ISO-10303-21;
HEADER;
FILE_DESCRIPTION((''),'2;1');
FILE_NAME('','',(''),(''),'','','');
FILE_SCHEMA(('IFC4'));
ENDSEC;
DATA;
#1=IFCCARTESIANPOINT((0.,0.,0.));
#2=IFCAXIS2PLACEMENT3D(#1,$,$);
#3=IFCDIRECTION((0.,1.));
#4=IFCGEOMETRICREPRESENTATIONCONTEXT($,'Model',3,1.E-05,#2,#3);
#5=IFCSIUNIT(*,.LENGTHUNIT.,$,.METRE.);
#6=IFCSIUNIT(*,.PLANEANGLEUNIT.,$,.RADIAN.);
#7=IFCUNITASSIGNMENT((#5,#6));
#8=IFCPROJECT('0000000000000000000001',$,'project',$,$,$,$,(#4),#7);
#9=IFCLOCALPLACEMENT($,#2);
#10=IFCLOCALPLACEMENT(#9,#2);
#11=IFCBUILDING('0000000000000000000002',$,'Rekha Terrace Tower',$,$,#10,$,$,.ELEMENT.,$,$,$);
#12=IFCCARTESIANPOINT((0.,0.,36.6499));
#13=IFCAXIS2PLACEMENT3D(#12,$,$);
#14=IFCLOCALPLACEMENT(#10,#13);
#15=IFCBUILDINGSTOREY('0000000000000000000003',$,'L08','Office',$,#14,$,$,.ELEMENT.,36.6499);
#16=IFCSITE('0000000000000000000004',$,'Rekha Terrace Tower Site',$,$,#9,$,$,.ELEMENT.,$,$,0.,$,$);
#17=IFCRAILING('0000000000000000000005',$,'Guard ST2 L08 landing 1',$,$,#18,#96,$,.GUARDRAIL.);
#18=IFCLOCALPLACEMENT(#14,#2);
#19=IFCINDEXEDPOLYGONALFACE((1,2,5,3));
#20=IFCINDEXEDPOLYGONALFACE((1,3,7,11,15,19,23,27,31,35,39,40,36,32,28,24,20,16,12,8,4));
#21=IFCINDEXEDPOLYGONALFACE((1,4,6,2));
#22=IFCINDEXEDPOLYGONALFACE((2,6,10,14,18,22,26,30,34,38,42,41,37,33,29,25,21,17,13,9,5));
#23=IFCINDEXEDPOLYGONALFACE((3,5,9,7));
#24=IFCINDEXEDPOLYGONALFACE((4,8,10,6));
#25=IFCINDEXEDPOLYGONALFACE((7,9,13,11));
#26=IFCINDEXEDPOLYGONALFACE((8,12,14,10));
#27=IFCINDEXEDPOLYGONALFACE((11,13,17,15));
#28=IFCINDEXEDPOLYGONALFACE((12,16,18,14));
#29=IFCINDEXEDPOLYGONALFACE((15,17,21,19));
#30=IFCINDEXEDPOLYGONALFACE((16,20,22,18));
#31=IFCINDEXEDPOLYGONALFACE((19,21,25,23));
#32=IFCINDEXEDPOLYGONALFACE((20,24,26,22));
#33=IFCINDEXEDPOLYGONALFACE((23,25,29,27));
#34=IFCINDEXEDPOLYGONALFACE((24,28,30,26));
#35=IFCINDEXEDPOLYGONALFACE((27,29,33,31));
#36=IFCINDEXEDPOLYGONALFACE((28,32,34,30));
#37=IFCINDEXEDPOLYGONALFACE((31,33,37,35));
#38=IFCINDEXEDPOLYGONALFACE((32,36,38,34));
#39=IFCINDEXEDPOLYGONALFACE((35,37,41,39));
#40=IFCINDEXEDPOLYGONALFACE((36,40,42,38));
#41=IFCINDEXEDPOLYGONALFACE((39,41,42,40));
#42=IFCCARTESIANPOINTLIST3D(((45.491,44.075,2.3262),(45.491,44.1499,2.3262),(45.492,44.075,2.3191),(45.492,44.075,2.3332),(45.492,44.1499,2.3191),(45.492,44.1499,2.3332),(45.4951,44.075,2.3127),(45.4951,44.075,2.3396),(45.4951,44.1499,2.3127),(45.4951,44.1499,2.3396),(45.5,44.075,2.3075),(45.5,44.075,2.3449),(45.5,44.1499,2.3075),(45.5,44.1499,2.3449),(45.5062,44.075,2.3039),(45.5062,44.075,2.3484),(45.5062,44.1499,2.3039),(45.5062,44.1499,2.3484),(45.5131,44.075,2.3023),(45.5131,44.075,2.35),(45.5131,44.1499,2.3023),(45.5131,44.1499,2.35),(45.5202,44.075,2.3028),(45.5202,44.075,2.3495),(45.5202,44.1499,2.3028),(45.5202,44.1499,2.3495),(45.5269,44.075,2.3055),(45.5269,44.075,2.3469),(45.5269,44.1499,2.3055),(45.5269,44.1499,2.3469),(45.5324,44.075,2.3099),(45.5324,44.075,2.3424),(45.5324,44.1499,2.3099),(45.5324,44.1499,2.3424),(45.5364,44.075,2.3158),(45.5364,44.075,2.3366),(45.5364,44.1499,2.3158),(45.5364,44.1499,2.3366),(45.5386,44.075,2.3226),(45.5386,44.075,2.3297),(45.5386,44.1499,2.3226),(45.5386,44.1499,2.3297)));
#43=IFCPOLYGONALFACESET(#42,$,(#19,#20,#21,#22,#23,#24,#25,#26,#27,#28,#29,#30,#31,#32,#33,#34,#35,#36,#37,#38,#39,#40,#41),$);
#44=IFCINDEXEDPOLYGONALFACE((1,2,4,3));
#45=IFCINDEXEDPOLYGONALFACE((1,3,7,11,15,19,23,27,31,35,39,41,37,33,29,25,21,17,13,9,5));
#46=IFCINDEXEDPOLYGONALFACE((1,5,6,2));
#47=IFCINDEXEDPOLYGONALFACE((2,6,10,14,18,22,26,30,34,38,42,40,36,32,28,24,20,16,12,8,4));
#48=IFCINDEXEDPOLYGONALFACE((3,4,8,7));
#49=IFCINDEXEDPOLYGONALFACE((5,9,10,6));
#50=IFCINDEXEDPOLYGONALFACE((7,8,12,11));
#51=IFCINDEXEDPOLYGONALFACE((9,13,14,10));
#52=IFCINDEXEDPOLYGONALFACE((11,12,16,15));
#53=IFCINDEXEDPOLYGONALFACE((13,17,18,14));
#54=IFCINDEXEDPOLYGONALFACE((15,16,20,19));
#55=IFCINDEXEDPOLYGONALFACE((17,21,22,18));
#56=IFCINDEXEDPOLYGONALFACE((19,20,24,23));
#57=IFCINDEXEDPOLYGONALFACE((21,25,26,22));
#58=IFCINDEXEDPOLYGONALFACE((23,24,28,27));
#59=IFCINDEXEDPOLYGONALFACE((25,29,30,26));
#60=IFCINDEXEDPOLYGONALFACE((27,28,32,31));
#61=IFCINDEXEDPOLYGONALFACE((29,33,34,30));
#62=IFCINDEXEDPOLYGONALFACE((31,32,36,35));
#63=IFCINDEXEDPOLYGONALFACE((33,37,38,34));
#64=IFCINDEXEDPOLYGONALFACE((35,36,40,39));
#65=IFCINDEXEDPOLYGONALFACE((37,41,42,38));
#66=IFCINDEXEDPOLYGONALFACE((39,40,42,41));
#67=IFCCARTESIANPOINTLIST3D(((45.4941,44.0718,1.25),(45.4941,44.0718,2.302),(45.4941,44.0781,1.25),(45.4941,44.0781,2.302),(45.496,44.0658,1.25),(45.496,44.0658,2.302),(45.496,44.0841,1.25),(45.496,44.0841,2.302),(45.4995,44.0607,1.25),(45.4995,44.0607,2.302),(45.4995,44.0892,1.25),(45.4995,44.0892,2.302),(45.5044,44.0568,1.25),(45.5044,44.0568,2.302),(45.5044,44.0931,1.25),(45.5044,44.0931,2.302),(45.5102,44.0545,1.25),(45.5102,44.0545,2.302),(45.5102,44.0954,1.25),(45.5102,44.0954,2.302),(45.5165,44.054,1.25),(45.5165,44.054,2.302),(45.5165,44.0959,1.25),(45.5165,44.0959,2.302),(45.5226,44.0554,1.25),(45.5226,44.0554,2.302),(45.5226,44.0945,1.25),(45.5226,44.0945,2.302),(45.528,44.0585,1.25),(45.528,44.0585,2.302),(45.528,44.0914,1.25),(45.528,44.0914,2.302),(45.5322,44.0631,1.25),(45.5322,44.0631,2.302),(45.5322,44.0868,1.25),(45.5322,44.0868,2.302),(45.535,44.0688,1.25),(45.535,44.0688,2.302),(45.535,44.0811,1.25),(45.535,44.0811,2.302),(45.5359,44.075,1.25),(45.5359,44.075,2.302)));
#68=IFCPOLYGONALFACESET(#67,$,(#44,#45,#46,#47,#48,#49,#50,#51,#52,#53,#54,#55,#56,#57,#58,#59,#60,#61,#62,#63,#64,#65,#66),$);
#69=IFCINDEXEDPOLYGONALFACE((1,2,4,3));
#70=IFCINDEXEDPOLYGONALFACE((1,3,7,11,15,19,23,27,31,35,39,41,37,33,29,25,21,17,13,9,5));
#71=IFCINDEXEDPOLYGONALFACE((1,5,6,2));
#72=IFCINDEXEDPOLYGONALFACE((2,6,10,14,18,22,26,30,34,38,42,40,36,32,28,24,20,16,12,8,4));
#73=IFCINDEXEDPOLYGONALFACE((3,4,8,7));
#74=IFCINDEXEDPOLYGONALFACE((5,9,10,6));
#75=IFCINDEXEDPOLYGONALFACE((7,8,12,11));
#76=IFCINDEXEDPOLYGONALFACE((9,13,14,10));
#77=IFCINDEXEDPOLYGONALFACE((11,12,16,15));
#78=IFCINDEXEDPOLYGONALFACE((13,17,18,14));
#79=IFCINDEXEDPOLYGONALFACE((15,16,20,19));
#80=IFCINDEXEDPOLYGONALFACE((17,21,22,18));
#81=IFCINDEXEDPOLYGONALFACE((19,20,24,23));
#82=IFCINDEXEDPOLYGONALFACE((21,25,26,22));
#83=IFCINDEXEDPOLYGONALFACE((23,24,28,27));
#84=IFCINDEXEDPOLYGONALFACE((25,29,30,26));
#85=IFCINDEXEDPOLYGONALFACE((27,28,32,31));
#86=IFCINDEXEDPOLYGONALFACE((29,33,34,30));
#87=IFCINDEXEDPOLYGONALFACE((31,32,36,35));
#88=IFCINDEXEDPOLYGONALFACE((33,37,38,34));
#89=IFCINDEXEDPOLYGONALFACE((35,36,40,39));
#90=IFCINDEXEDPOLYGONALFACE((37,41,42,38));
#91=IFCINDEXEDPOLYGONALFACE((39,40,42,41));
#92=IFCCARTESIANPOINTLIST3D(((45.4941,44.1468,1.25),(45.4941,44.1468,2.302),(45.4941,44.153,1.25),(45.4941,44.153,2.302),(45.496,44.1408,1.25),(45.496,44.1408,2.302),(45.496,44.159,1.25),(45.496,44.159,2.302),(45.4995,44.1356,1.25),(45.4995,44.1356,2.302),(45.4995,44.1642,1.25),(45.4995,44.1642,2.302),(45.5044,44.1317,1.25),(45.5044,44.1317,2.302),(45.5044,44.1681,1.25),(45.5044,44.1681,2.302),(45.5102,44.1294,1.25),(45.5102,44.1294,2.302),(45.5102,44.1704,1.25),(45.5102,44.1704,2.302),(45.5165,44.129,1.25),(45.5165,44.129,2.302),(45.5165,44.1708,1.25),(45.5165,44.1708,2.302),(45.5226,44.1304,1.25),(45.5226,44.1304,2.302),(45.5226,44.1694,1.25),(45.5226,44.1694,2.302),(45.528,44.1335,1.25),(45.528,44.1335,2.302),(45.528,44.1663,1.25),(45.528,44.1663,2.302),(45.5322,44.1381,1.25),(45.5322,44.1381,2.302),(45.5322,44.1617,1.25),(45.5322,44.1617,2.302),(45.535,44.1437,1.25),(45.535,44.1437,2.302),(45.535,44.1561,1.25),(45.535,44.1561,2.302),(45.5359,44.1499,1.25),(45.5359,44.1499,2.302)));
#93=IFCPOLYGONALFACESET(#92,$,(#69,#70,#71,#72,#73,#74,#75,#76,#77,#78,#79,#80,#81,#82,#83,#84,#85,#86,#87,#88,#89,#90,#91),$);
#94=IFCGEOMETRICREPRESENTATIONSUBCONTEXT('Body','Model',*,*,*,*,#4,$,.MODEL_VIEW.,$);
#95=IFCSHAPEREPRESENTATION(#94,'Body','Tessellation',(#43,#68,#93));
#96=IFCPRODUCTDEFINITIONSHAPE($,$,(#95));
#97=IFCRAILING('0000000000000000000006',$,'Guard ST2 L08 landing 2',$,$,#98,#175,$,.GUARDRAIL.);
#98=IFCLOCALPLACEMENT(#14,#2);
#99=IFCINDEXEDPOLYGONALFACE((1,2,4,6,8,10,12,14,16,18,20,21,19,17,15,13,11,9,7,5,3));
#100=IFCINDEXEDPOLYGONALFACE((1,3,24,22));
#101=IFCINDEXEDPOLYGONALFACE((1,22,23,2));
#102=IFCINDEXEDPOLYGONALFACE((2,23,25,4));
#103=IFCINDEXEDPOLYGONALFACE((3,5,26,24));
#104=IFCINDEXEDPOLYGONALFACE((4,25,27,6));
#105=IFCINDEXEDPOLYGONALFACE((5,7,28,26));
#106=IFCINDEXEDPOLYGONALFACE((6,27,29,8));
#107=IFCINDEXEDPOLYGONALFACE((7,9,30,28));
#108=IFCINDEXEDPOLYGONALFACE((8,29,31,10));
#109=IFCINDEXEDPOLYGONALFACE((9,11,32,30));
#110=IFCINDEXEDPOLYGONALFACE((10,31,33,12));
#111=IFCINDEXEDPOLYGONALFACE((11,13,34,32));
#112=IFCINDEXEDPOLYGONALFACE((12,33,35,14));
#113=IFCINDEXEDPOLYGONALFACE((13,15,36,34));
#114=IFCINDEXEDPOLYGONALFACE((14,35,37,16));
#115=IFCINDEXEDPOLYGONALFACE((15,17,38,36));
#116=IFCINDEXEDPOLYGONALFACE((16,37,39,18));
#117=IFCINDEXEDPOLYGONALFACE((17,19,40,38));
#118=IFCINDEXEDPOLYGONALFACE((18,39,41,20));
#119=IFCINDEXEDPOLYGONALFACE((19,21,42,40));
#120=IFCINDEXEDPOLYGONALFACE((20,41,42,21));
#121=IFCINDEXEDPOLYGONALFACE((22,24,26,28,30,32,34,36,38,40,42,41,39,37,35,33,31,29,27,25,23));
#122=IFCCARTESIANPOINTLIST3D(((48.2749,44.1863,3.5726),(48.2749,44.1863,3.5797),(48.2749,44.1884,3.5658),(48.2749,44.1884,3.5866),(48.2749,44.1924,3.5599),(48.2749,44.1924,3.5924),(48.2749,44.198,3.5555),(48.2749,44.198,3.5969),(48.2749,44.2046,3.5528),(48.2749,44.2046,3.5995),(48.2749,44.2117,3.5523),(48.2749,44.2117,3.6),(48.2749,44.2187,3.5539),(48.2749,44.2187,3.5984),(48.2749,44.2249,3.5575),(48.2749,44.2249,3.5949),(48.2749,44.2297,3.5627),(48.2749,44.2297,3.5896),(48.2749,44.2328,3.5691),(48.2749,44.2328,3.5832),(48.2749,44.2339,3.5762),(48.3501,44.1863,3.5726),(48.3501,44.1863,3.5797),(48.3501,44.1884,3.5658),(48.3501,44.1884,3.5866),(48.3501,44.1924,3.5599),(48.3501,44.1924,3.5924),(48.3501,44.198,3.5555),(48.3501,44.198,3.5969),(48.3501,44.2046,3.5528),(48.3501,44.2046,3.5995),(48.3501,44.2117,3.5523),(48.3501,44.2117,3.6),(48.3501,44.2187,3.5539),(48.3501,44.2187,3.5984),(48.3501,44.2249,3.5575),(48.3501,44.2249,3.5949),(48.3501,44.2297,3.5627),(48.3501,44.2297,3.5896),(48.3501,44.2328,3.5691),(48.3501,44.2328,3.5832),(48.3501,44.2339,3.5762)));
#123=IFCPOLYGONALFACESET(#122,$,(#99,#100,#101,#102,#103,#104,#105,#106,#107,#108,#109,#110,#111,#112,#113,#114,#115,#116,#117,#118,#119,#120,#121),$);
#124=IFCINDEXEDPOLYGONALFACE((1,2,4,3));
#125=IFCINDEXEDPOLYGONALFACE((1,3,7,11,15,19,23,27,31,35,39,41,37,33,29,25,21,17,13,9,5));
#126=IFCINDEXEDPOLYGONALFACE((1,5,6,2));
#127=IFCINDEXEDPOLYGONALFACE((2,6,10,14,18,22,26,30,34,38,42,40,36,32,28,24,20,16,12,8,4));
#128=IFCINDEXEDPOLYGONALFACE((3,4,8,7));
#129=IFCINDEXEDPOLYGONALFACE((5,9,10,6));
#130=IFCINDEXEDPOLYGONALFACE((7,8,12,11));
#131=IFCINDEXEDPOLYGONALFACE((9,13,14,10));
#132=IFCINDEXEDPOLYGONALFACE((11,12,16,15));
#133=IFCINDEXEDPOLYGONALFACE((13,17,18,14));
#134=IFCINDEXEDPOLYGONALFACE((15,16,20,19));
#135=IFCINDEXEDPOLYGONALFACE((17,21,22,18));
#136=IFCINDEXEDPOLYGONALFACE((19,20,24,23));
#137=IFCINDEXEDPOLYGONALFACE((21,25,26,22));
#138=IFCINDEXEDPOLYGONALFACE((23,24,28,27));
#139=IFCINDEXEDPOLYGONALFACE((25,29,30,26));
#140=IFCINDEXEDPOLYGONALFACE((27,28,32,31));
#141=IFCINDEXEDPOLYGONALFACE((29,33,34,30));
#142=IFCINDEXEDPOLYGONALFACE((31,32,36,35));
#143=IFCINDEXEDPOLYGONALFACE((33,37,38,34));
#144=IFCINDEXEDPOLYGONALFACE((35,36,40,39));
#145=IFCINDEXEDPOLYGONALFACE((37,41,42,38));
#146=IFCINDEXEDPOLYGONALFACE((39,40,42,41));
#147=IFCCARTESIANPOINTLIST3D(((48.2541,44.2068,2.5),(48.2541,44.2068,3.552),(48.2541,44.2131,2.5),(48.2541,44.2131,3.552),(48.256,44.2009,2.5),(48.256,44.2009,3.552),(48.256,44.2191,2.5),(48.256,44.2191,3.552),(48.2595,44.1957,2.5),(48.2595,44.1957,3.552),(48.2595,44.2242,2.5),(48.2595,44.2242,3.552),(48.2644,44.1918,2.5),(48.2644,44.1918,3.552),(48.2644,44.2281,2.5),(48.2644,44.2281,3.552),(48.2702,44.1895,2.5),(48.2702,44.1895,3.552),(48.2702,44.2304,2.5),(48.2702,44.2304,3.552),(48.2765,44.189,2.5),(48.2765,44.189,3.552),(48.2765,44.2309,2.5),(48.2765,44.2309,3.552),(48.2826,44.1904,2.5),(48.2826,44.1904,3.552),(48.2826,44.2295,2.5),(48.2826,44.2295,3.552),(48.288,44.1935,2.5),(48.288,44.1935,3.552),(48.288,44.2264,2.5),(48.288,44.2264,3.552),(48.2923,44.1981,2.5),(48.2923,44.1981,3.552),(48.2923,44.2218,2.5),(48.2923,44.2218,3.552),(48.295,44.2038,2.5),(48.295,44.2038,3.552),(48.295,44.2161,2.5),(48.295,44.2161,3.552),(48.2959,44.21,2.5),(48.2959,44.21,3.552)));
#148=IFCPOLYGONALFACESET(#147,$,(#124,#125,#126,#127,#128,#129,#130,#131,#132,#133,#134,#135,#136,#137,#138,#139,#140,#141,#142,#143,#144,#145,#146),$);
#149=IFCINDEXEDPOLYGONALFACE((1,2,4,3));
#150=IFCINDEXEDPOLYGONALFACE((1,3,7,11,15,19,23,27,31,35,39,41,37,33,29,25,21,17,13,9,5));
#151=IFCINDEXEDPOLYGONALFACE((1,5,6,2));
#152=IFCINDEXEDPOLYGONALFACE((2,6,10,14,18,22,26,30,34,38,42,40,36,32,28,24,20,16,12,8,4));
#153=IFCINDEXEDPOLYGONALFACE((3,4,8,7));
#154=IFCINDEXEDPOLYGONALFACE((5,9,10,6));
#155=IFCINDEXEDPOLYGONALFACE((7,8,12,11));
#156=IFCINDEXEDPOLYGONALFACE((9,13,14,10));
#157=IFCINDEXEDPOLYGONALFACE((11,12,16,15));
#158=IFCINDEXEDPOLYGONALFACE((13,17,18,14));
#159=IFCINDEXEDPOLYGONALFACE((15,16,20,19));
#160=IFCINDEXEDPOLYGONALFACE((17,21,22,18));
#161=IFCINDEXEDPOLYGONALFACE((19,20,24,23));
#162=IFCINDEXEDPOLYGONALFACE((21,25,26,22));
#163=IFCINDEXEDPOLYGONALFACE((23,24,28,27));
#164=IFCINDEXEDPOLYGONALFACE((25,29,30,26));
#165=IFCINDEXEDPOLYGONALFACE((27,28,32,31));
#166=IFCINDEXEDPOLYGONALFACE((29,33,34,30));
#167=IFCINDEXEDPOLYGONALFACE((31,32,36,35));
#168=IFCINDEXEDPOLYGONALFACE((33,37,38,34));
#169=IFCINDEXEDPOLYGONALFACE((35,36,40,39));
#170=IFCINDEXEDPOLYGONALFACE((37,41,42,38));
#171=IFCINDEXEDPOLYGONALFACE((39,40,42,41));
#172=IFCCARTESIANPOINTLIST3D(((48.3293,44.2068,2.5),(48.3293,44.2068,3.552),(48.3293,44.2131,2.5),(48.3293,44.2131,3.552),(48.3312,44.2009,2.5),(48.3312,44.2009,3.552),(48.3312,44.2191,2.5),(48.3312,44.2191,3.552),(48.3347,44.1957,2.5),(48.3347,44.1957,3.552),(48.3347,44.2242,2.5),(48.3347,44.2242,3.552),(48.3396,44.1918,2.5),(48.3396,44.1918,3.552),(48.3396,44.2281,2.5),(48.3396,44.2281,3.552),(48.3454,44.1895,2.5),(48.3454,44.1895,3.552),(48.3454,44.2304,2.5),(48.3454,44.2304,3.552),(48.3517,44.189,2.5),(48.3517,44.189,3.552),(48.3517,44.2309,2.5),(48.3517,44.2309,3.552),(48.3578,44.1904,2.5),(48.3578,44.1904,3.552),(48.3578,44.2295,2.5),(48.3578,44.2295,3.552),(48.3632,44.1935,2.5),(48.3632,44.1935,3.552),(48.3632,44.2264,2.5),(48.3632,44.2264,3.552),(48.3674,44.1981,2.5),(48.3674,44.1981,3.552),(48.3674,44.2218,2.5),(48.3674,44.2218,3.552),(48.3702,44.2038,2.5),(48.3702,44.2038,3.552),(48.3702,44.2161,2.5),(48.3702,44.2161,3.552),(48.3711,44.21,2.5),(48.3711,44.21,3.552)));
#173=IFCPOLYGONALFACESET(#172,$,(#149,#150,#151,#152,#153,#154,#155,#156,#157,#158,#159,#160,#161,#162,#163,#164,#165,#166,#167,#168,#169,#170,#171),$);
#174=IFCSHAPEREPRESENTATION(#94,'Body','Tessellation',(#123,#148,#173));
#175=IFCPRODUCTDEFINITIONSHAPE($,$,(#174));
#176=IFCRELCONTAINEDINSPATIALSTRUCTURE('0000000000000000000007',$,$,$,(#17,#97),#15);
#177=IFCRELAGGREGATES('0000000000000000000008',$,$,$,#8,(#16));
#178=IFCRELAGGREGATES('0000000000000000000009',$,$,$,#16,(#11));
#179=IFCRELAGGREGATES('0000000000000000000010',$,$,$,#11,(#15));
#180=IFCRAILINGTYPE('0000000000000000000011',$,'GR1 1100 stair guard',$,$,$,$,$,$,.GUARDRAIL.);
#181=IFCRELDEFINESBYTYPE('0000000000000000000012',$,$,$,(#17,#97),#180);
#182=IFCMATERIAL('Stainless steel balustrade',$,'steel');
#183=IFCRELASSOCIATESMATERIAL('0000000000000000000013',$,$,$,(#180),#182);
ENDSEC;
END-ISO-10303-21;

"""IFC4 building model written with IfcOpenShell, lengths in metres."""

from ifc_helpers import new_model, si_unit, direction, frame, origin, origin_2d, place, context, subcontext, project, spatial, circle, extrude, material, type_object, element, save


model = new_model("IFC4")

# Units and contexts
model_context = context("Model", 3, precision=1e-05, world=origin(), true_north=direction((0.0, 1.0)))
body_context = subcontext(model_context, "Body", "Model", "MODEL_VIEW")
ifc_project = project(units=[si_unit("LENGTHUNIT", "METRE"), si_unit("PLANEANGLEUNIT", "RADIAN")], contexts=[model_context])

# Site, building, storey
site_placement = place(None, origin())
site = spatial("IfcSite", under=ifc_project, at=site_placement, Name="Rekha Terrace Tower Site", CompositionType="ELEMENT", RefElevation=0.0)
building_placement = place(site_placement, origin())
building = spatial("IfcBuilding", under=site, at=building_placement, Name="Rekha Terrace Tower", CompositionType="ELEMENT")
storey_placement = place(building_placement, frame((0.0, 0.0, 36.6499)))
storey = spatial("IfcBuildingStorey", under=building, at=storey_placement, Name="L08", Description="Office", CompositionType="ELEMENT", Elevation=36.6499)

# Railings
ifc_material_1 = material(Name="Stainless steel balustrade", Category="steel")
railing_type_1 = type_object("IfcRailingType", Name="GR1 1100 stair guard", PredefinedType="GUARDRAIL", material=ifc_material_1)
railing_1_placement = place(storey_placement, frame((45.5149, 44.075, 1.25)))
element("IfcRailing", 1, at=railing_1_placement, inside=storey, type_object=railing_type_1, Name="Guard ST2 L08 landing 1", PredefinedType="GUARDRAIL", context=body_context, shape_type="SweptSolid", body=[
    extrude(circle(Radius=0.0239, at=origin_2d()), frame((0.0, 0.0, 1.0762), z_axis=(0.0, 1.0, 0.0), x_axis=(-1.0, 0.0, 0.0)), (0.0, 0.0, 1.0), 0.075),
    extrude(circle(Radius=0.021, at=origin_2d()), origin(), (0.0, 0.0, 1.0), 1.052),
    extrude(circle(Radius=0.021, at=origin_2d()), frame((0.0, 0.075, 0.0)), (0.0, 0.0, 1.0), 1.052),
])
railing_2_placement = place(storey_placement, frame((48.2749, 44.21, 2.5)))
element("IfcRailing", 2, at=railing_2_placement, inside=storey, type_object=railing_type_1, Name="Guard ST2 L08 landing 2", PredefinedType="GUARDRAIL", context=body_context, shape_type="SweptSolid", body=[
    extrude(circle(Radius=0.0239, at=origin_2d()), frame((0.0, 0.0, 1.0762), z_axis=(1.0, 0.0, 0.0), x_axis=(0.0, 1.0, 0.0)), (0.0, 0.0, 1.0), 0.0752),
    extrude(circle(Radius=0.021, at=origin_2d()), origin(), (0.0, 0.0, 1.0), 1.052),
    extrude(circle(Radius=0.021, at=origin_2d()), frame((0.0752, 0.0, 0.0)), (0.0, 0.0, 1.0), 1.052),
])

save(model, "model.ifc")
